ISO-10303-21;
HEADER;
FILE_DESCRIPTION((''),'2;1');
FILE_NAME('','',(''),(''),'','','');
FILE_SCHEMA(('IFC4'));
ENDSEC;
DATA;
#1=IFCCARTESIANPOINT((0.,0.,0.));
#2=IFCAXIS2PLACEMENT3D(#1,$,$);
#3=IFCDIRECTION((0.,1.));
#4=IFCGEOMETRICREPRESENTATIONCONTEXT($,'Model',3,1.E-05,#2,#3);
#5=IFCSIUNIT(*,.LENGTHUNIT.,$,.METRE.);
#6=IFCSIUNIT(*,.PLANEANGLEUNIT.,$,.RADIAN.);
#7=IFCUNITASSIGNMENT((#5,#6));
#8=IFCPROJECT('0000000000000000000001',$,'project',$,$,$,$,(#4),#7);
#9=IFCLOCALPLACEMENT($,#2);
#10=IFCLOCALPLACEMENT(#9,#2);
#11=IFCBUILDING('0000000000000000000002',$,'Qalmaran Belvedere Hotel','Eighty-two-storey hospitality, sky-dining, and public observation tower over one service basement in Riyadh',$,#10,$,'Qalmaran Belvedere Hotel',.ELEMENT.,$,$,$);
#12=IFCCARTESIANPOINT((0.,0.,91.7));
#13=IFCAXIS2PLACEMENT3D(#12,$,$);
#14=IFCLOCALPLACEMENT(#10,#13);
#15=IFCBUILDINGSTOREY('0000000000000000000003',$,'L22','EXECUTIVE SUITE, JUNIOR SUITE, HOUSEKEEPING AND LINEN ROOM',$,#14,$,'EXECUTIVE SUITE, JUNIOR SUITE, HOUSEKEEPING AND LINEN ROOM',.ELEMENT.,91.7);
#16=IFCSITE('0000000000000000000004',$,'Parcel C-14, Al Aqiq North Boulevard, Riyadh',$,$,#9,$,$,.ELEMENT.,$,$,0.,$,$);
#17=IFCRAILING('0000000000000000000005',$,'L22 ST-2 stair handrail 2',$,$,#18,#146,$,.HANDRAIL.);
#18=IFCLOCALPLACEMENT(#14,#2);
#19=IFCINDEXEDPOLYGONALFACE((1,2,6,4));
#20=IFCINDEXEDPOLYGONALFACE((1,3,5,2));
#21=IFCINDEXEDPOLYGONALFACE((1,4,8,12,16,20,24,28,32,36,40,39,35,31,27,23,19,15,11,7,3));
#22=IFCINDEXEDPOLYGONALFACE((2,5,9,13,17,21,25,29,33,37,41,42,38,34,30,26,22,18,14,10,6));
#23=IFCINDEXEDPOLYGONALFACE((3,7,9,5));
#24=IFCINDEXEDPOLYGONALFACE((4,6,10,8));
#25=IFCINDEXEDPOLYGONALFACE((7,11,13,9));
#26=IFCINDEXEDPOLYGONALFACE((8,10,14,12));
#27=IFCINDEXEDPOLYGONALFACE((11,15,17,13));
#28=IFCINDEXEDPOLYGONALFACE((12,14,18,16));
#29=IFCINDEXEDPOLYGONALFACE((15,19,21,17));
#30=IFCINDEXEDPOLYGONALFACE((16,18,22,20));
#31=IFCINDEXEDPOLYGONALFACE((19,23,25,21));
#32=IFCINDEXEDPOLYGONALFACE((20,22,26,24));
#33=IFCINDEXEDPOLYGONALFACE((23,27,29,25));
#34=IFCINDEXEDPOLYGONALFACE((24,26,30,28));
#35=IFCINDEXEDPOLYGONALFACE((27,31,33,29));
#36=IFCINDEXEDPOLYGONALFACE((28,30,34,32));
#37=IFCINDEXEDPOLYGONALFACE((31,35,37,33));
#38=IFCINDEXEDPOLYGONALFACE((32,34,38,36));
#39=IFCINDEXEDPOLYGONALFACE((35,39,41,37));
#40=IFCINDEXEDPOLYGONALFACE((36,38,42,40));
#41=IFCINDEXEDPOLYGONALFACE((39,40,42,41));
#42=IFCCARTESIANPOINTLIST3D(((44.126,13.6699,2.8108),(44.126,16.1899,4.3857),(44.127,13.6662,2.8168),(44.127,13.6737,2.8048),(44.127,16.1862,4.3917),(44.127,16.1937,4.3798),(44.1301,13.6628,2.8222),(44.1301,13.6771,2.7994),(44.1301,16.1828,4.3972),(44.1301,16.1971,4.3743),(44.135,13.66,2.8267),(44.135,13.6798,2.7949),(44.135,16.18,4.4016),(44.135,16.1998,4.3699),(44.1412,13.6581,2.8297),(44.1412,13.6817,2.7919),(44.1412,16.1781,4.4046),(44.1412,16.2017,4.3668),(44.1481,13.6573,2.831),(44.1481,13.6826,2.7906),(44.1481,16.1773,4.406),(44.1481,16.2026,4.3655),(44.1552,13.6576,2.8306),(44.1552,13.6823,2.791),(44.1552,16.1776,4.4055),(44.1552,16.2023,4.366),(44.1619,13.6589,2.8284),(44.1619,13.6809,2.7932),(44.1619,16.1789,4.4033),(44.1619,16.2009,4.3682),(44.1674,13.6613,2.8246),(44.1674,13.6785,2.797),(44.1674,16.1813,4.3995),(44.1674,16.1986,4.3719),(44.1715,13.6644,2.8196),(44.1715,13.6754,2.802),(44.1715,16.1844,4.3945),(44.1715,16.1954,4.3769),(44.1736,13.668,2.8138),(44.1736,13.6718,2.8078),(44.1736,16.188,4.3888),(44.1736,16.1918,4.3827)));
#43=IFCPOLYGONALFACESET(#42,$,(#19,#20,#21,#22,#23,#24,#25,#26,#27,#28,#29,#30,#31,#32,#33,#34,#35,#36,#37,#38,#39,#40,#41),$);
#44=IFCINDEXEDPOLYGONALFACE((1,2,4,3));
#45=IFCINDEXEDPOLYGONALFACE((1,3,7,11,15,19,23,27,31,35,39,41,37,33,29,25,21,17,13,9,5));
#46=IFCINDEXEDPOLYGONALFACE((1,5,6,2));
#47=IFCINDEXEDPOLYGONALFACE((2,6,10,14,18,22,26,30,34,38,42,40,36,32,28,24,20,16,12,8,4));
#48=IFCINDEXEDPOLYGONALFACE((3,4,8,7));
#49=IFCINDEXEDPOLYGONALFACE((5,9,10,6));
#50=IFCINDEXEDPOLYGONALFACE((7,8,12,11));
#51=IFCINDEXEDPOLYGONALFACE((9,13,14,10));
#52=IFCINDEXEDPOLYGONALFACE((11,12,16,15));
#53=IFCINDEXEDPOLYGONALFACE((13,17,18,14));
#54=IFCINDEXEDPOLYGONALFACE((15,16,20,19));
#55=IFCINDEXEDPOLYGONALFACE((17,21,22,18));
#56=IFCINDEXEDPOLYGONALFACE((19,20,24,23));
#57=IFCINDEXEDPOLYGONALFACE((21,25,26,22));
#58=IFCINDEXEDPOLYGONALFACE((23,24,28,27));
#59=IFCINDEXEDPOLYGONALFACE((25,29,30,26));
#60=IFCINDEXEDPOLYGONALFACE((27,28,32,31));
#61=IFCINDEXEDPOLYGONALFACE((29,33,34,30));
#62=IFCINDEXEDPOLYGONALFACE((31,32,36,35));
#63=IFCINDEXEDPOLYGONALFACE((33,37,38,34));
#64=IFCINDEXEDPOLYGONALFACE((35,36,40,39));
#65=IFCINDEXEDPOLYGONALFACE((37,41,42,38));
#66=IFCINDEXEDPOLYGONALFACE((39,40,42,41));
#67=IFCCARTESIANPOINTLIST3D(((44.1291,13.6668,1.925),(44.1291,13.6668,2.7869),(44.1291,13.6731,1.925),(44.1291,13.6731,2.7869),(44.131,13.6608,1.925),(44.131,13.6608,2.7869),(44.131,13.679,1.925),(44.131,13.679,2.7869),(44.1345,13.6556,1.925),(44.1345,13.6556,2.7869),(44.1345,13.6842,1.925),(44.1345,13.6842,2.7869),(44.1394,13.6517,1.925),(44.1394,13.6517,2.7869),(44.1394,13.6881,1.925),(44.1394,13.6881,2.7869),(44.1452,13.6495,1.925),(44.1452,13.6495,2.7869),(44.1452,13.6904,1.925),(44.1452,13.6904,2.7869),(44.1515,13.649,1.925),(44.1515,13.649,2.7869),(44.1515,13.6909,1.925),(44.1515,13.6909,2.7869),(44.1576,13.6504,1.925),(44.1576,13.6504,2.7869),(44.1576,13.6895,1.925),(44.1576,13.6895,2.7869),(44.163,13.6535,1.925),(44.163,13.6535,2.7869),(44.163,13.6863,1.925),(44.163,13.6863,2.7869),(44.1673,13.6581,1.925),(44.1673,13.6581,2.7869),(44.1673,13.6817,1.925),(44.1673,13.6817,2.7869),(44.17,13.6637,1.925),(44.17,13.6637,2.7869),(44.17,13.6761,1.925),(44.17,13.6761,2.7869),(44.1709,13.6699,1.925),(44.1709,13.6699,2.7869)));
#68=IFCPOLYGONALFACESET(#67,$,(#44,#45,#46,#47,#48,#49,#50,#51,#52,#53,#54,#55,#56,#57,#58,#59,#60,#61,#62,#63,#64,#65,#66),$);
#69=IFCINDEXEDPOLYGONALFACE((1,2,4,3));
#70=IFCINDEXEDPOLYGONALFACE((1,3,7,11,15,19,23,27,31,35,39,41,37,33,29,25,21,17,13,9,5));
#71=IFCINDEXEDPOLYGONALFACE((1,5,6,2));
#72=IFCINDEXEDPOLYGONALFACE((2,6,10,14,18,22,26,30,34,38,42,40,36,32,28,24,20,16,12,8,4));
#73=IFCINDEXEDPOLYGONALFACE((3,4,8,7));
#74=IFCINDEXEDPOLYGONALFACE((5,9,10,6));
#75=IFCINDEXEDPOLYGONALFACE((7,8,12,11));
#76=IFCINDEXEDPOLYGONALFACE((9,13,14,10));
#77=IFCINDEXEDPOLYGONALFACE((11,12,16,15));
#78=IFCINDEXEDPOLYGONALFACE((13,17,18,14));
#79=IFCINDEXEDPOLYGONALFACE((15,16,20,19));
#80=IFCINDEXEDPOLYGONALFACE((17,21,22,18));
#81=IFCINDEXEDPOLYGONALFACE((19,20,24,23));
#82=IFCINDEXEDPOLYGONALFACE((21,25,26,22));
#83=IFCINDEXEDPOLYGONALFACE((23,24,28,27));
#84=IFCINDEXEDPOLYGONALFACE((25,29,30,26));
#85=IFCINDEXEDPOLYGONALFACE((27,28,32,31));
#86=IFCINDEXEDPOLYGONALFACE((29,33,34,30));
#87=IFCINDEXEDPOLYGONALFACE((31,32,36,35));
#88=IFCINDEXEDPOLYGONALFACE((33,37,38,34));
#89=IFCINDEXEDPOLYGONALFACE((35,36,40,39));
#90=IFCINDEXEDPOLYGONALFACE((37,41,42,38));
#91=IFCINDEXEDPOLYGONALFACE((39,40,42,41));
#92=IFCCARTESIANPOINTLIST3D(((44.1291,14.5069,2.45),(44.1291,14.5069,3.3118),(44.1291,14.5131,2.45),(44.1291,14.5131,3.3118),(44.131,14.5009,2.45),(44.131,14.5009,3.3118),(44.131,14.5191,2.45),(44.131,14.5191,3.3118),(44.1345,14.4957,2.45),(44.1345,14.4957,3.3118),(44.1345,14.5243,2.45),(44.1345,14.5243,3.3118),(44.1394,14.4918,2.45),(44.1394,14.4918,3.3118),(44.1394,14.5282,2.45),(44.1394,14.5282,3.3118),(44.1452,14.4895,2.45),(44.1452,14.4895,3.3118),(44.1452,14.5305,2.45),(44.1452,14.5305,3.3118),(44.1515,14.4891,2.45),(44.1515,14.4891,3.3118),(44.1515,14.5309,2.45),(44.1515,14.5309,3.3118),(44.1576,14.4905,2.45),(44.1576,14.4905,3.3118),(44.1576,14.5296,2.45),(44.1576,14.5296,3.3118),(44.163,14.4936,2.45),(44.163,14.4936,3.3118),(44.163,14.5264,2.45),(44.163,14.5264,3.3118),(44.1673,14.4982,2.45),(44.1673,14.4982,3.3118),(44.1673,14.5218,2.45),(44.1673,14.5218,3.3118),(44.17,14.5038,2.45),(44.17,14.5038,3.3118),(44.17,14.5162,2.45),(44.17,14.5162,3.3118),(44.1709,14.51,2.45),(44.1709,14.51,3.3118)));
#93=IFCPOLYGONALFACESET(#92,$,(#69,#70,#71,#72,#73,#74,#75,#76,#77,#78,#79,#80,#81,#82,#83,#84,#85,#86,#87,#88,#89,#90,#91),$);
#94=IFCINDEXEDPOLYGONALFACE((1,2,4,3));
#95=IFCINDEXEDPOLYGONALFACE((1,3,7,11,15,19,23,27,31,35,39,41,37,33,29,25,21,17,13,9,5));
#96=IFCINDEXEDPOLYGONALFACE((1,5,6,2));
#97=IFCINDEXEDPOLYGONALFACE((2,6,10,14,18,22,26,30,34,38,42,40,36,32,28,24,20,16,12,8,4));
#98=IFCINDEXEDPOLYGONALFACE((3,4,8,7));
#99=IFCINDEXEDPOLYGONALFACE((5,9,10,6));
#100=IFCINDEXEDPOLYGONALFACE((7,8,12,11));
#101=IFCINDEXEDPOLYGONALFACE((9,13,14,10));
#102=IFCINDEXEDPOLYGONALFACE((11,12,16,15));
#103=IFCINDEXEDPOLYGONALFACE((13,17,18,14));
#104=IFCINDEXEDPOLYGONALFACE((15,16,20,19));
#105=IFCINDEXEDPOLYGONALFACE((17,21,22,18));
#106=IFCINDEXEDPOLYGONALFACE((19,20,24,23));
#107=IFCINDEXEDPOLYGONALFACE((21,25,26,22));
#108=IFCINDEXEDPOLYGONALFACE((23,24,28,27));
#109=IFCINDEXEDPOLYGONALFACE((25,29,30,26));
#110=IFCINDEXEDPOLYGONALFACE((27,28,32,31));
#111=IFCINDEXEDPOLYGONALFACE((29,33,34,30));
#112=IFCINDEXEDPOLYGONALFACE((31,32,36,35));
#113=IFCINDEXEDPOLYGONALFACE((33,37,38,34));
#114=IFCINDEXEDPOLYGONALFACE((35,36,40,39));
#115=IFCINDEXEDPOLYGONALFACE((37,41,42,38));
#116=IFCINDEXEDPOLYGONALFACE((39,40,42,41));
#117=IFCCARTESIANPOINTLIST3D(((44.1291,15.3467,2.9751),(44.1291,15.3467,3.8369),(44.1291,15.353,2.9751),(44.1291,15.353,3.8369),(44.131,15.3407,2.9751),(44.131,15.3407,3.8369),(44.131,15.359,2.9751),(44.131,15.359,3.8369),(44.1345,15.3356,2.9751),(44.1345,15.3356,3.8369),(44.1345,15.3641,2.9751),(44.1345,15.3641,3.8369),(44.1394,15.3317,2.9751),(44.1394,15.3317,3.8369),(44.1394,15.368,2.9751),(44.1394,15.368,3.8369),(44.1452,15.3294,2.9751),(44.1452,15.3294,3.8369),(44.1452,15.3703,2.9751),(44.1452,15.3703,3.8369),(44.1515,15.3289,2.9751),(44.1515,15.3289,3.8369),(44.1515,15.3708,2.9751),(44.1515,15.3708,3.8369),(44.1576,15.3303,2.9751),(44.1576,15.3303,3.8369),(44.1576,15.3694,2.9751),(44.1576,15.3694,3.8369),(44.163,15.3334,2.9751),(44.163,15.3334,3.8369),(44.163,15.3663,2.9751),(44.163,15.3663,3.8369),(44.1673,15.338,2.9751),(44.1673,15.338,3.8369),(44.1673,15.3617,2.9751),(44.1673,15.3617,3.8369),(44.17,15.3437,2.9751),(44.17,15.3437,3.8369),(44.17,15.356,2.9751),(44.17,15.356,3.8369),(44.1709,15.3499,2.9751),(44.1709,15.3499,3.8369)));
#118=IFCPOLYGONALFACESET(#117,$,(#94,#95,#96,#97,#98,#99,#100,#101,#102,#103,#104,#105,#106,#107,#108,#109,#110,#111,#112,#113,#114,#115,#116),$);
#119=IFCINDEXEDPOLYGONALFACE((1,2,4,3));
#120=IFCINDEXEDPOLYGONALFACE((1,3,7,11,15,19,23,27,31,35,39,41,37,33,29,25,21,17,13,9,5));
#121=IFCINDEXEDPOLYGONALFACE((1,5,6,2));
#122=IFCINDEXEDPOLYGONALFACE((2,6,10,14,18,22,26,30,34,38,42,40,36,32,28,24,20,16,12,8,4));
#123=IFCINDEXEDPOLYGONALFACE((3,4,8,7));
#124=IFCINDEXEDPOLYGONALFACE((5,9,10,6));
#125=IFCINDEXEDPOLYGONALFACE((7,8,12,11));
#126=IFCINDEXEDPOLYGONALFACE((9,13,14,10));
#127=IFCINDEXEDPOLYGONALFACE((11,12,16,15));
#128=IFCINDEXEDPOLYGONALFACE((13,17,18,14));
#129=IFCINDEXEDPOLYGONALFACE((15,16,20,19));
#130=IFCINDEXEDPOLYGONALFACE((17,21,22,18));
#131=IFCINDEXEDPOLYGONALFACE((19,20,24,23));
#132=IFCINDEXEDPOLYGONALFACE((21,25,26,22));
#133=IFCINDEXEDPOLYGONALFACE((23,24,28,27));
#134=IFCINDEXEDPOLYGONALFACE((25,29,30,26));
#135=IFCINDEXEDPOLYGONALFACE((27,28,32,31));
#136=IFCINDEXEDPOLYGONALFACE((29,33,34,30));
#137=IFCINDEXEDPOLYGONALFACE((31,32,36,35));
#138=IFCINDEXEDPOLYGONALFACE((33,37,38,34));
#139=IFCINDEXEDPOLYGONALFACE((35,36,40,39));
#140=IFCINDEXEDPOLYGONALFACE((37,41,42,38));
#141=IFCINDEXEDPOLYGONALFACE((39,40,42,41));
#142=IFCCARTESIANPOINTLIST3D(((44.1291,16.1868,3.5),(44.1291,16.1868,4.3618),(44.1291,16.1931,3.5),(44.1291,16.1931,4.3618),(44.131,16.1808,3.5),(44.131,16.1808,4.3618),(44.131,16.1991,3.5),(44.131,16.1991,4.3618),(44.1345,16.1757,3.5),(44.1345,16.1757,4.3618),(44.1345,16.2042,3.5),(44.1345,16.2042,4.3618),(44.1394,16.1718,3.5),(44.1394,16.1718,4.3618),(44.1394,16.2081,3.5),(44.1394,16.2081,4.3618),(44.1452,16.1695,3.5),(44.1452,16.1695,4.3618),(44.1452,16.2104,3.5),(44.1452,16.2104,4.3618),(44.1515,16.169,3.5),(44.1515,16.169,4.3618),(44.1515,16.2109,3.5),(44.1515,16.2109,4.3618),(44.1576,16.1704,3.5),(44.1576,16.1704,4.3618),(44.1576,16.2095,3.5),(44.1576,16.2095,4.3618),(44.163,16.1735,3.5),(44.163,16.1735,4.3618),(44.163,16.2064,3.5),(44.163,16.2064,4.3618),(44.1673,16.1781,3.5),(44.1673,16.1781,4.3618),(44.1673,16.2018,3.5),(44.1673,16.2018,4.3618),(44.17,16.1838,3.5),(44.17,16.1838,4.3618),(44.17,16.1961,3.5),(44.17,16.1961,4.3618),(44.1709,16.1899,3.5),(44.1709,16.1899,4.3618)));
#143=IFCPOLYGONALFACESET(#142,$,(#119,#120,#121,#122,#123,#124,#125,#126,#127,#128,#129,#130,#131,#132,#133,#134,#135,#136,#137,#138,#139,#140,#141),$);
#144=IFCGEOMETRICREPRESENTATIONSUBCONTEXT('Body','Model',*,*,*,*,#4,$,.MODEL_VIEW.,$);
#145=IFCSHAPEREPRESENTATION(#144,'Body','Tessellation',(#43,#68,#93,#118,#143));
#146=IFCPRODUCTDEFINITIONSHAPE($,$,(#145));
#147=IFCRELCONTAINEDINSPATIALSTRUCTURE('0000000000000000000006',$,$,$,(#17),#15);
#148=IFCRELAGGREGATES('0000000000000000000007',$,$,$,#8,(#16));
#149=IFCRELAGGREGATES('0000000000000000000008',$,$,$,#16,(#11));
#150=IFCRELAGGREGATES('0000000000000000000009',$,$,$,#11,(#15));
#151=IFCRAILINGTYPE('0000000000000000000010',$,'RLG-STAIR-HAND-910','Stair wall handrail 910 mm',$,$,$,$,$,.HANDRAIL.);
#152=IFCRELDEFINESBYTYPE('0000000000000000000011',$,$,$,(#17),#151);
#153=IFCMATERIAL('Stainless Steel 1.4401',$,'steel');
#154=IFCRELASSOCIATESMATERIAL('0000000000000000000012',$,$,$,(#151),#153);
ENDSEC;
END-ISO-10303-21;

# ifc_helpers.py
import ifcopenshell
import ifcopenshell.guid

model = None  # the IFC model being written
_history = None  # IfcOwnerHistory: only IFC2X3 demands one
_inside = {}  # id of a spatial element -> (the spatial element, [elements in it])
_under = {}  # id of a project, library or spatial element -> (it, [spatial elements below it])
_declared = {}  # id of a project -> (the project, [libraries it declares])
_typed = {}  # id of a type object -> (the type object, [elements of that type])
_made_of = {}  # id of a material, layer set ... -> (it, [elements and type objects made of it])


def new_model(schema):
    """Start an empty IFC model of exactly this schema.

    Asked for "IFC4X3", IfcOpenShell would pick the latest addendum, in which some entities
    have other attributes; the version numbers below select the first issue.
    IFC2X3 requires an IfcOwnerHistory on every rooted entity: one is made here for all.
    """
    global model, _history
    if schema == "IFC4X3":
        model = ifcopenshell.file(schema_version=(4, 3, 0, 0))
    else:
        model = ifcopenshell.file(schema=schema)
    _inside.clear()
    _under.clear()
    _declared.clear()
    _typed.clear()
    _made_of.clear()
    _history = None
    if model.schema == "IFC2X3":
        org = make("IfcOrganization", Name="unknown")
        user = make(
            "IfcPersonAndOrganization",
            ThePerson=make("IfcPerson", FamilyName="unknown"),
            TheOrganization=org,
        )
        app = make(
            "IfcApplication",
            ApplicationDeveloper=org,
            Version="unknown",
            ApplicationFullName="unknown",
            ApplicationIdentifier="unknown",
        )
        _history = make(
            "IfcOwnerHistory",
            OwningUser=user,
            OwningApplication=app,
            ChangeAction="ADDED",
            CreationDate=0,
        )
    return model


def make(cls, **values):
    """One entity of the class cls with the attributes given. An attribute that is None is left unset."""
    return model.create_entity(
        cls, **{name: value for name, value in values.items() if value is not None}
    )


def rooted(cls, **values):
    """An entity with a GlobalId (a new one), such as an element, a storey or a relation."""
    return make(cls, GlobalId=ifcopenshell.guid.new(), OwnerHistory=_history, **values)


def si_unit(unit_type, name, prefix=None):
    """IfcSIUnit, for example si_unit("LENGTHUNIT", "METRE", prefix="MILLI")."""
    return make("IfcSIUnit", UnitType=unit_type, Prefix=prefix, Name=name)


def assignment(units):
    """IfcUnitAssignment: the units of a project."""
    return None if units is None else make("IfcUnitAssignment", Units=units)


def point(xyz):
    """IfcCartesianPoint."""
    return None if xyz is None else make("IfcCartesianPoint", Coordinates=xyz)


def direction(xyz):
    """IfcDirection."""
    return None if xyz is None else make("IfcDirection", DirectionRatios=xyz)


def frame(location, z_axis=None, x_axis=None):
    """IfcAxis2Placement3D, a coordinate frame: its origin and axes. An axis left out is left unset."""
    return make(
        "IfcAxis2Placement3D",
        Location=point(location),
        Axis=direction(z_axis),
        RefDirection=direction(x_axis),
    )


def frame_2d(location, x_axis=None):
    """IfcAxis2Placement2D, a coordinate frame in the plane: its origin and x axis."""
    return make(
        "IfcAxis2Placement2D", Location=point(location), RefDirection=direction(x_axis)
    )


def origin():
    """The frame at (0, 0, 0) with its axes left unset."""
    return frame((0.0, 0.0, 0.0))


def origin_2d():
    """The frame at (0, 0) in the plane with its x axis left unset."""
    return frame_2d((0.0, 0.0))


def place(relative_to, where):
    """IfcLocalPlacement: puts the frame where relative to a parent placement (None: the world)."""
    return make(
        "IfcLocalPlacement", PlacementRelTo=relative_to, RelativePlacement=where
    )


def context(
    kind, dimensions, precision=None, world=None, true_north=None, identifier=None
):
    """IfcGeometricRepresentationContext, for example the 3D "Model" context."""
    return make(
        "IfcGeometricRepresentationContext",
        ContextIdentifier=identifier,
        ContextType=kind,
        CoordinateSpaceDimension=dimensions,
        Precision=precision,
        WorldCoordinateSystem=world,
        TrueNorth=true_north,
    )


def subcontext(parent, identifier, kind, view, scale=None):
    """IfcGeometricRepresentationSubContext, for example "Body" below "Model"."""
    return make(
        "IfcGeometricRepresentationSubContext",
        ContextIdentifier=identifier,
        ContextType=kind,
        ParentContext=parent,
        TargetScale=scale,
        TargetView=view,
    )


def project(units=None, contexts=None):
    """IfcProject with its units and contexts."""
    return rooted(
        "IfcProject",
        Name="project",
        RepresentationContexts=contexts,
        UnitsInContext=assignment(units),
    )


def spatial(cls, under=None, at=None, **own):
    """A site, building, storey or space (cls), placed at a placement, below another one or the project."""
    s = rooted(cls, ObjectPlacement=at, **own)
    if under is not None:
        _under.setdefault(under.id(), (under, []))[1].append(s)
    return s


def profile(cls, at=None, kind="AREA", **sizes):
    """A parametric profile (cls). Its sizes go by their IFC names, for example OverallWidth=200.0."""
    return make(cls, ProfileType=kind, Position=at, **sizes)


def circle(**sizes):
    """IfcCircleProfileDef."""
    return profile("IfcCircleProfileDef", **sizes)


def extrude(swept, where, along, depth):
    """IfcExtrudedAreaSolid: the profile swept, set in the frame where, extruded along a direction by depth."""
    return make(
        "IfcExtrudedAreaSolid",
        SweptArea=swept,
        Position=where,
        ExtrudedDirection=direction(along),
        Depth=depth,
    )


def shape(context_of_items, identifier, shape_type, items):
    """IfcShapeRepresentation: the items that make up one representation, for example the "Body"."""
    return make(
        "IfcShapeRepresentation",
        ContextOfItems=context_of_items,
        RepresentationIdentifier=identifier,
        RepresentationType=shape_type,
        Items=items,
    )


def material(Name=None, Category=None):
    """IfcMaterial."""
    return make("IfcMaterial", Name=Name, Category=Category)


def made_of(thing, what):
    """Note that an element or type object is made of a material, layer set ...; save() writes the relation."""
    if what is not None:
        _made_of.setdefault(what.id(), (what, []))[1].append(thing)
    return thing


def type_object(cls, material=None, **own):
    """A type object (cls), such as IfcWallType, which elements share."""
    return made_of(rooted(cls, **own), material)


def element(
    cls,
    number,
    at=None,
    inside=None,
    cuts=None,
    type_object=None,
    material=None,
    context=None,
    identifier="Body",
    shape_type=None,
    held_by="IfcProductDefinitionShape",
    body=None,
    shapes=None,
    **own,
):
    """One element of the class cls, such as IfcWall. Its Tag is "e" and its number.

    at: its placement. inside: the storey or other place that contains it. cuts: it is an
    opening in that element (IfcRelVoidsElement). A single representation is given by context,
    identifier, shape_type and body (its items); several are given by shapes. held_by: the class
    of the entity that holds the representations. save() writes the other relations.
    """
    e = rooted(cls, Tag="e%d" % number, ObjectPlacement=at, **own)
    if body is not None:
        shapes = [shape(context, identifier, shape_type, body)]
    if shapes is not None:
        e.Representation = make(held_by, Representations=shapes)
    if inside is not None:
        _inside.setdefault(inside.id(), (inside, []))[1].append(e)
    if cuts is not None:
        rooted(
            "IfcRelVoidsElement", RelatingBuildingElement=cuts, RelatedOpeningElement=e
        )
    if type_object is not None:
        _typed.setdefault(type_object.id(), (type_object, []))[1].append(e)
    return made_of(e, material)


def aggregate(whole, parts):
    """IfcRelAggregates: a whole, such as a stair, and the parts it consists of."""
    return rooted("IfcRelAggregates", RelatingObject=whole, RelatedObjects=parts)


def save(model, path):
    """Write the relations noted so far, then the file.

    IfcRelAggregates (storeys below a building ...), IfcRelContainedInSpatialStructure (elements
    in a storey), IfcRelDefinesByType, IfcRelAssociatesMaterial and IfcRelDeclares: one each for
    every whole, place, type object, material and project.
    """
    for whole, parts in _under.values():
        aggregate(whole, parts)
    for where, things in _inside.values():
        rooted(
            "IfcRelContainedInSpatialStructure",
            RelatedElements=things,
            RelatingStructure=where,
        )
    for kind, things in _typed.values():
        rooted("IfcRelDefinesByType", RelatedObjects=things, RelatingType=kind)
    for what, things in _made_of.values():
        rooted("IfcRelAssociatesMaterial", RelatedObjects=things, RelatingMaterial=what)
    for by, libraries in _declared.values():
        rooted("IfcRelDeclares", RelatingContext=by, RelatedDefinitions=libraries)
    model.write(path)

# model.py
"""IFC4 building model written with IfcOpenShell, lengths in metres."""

from ifc_helpers import new_model, si_unit, direction, frame, origin, origin_2d, place, context, subcontext, project, spatial, circle, extrude, material, type_object, element, save


model = new_model("IFC4")

# Units and contexts
model_context = context("Model", 3, precision=1e-05, world=origin(), true_north=direction((0.0, 1.0)))
body_context = subcontext(model_context, "Body", "Model", "MODEL_VIEW")
ifc_project = project(units=[si_unit("LENGTHUNIT", "METRE"), si_unit("PLANEANGLEUNIT", "RADIAN")], contexts=[model_context])

# Site, building, storey
site_placement = place(None, origin())
site = spatial("IfcSite", under=ifc_project, at=site_placement, Name="Parcel C-14, Al Aqiq North Boulevard, Riyadh", CompositionType="ELEMENT", RefElevation=0.0)
building_placement = place(site_placement, origin())
building = spatial("IfcBuilding", under=site, at=building_placement, Name="Qalmaran Belvedere Hotel", Description="Eighty-two-storey hospitality, sky-dining, and public observation tower over one service basement in Riyadh", LongName="Qalmaran Belvedere Hotel", CompositionType="ELEMENT")
storey_placement = place(building_placement, frame((0.0, 0.0, 91.7)))
storey = spatial("IfcBuildingStorey", under=building, at=storey_placement, Name="L22", Description="EXECUTIVE SUITE, JUNIOR SUITE, HOUSEKEEPING AND LINEN ROOM", LongName="EXECUTIVE SUITE, JUNIOR SUITE, HOUSEKEEPING AND LINEN ROOM", CompositionType="ELEMENT", Elevation=91.7)

# Railing
ifc_material_1 = material(Name="Stainless Steel 1.4401", Category="steel")
railing_type = type_object("IfcRailingType", Name="RLG-STAIR-HAND-910", Description="Stair wall handrail 910 mm", PredefinedType="HANDRAIL", material=ifc_material_1)
railing_placement = place(storey_placement, frame((44.1499, 13.6699, 1.925)))
element("IfcRailing", 1, at=railing_placement, inside=storey, type_object=railing_type, Name="L22 ST-2 stair handrail 2", PredefinedType="HANDRAIL", context=body_context, shape_type="SweptSolid", body=[
    extrude(circle(Radius=0.0239, at=origin_2d()), frame((0.0, 0.0, 0.8857), z_axis=(0.0, 0.848008, 0.529984), x_axis=(-1.0, 0.0, 0.0)), (0.0, 0.0, 1.0), 2.9717),
    extrude(circle(Radius=0.021, at=origin_2d()), origin(), (0.0, 0.0, 1.0), 0.8618),
    extrude(circle(Radius=0.021, at=origin_2d()), frame((0.0, 0.8401, 0.5249)), (0.0, 0.0, 1.0), 0.8618),
    extrude(circle(Radius=0.021, at=origin_2d()), frame((0.0, 1.6799, 1.05)), (0.0, 0.0, 1.0), 0.8618),
    extrude(circle(Radius=0.021, at=origin_2d()), frame((0.0, 2.52, 1.575)), (0.0, 0.0, 1.0), 0.8618),
])

save(model, "model.ifc")
